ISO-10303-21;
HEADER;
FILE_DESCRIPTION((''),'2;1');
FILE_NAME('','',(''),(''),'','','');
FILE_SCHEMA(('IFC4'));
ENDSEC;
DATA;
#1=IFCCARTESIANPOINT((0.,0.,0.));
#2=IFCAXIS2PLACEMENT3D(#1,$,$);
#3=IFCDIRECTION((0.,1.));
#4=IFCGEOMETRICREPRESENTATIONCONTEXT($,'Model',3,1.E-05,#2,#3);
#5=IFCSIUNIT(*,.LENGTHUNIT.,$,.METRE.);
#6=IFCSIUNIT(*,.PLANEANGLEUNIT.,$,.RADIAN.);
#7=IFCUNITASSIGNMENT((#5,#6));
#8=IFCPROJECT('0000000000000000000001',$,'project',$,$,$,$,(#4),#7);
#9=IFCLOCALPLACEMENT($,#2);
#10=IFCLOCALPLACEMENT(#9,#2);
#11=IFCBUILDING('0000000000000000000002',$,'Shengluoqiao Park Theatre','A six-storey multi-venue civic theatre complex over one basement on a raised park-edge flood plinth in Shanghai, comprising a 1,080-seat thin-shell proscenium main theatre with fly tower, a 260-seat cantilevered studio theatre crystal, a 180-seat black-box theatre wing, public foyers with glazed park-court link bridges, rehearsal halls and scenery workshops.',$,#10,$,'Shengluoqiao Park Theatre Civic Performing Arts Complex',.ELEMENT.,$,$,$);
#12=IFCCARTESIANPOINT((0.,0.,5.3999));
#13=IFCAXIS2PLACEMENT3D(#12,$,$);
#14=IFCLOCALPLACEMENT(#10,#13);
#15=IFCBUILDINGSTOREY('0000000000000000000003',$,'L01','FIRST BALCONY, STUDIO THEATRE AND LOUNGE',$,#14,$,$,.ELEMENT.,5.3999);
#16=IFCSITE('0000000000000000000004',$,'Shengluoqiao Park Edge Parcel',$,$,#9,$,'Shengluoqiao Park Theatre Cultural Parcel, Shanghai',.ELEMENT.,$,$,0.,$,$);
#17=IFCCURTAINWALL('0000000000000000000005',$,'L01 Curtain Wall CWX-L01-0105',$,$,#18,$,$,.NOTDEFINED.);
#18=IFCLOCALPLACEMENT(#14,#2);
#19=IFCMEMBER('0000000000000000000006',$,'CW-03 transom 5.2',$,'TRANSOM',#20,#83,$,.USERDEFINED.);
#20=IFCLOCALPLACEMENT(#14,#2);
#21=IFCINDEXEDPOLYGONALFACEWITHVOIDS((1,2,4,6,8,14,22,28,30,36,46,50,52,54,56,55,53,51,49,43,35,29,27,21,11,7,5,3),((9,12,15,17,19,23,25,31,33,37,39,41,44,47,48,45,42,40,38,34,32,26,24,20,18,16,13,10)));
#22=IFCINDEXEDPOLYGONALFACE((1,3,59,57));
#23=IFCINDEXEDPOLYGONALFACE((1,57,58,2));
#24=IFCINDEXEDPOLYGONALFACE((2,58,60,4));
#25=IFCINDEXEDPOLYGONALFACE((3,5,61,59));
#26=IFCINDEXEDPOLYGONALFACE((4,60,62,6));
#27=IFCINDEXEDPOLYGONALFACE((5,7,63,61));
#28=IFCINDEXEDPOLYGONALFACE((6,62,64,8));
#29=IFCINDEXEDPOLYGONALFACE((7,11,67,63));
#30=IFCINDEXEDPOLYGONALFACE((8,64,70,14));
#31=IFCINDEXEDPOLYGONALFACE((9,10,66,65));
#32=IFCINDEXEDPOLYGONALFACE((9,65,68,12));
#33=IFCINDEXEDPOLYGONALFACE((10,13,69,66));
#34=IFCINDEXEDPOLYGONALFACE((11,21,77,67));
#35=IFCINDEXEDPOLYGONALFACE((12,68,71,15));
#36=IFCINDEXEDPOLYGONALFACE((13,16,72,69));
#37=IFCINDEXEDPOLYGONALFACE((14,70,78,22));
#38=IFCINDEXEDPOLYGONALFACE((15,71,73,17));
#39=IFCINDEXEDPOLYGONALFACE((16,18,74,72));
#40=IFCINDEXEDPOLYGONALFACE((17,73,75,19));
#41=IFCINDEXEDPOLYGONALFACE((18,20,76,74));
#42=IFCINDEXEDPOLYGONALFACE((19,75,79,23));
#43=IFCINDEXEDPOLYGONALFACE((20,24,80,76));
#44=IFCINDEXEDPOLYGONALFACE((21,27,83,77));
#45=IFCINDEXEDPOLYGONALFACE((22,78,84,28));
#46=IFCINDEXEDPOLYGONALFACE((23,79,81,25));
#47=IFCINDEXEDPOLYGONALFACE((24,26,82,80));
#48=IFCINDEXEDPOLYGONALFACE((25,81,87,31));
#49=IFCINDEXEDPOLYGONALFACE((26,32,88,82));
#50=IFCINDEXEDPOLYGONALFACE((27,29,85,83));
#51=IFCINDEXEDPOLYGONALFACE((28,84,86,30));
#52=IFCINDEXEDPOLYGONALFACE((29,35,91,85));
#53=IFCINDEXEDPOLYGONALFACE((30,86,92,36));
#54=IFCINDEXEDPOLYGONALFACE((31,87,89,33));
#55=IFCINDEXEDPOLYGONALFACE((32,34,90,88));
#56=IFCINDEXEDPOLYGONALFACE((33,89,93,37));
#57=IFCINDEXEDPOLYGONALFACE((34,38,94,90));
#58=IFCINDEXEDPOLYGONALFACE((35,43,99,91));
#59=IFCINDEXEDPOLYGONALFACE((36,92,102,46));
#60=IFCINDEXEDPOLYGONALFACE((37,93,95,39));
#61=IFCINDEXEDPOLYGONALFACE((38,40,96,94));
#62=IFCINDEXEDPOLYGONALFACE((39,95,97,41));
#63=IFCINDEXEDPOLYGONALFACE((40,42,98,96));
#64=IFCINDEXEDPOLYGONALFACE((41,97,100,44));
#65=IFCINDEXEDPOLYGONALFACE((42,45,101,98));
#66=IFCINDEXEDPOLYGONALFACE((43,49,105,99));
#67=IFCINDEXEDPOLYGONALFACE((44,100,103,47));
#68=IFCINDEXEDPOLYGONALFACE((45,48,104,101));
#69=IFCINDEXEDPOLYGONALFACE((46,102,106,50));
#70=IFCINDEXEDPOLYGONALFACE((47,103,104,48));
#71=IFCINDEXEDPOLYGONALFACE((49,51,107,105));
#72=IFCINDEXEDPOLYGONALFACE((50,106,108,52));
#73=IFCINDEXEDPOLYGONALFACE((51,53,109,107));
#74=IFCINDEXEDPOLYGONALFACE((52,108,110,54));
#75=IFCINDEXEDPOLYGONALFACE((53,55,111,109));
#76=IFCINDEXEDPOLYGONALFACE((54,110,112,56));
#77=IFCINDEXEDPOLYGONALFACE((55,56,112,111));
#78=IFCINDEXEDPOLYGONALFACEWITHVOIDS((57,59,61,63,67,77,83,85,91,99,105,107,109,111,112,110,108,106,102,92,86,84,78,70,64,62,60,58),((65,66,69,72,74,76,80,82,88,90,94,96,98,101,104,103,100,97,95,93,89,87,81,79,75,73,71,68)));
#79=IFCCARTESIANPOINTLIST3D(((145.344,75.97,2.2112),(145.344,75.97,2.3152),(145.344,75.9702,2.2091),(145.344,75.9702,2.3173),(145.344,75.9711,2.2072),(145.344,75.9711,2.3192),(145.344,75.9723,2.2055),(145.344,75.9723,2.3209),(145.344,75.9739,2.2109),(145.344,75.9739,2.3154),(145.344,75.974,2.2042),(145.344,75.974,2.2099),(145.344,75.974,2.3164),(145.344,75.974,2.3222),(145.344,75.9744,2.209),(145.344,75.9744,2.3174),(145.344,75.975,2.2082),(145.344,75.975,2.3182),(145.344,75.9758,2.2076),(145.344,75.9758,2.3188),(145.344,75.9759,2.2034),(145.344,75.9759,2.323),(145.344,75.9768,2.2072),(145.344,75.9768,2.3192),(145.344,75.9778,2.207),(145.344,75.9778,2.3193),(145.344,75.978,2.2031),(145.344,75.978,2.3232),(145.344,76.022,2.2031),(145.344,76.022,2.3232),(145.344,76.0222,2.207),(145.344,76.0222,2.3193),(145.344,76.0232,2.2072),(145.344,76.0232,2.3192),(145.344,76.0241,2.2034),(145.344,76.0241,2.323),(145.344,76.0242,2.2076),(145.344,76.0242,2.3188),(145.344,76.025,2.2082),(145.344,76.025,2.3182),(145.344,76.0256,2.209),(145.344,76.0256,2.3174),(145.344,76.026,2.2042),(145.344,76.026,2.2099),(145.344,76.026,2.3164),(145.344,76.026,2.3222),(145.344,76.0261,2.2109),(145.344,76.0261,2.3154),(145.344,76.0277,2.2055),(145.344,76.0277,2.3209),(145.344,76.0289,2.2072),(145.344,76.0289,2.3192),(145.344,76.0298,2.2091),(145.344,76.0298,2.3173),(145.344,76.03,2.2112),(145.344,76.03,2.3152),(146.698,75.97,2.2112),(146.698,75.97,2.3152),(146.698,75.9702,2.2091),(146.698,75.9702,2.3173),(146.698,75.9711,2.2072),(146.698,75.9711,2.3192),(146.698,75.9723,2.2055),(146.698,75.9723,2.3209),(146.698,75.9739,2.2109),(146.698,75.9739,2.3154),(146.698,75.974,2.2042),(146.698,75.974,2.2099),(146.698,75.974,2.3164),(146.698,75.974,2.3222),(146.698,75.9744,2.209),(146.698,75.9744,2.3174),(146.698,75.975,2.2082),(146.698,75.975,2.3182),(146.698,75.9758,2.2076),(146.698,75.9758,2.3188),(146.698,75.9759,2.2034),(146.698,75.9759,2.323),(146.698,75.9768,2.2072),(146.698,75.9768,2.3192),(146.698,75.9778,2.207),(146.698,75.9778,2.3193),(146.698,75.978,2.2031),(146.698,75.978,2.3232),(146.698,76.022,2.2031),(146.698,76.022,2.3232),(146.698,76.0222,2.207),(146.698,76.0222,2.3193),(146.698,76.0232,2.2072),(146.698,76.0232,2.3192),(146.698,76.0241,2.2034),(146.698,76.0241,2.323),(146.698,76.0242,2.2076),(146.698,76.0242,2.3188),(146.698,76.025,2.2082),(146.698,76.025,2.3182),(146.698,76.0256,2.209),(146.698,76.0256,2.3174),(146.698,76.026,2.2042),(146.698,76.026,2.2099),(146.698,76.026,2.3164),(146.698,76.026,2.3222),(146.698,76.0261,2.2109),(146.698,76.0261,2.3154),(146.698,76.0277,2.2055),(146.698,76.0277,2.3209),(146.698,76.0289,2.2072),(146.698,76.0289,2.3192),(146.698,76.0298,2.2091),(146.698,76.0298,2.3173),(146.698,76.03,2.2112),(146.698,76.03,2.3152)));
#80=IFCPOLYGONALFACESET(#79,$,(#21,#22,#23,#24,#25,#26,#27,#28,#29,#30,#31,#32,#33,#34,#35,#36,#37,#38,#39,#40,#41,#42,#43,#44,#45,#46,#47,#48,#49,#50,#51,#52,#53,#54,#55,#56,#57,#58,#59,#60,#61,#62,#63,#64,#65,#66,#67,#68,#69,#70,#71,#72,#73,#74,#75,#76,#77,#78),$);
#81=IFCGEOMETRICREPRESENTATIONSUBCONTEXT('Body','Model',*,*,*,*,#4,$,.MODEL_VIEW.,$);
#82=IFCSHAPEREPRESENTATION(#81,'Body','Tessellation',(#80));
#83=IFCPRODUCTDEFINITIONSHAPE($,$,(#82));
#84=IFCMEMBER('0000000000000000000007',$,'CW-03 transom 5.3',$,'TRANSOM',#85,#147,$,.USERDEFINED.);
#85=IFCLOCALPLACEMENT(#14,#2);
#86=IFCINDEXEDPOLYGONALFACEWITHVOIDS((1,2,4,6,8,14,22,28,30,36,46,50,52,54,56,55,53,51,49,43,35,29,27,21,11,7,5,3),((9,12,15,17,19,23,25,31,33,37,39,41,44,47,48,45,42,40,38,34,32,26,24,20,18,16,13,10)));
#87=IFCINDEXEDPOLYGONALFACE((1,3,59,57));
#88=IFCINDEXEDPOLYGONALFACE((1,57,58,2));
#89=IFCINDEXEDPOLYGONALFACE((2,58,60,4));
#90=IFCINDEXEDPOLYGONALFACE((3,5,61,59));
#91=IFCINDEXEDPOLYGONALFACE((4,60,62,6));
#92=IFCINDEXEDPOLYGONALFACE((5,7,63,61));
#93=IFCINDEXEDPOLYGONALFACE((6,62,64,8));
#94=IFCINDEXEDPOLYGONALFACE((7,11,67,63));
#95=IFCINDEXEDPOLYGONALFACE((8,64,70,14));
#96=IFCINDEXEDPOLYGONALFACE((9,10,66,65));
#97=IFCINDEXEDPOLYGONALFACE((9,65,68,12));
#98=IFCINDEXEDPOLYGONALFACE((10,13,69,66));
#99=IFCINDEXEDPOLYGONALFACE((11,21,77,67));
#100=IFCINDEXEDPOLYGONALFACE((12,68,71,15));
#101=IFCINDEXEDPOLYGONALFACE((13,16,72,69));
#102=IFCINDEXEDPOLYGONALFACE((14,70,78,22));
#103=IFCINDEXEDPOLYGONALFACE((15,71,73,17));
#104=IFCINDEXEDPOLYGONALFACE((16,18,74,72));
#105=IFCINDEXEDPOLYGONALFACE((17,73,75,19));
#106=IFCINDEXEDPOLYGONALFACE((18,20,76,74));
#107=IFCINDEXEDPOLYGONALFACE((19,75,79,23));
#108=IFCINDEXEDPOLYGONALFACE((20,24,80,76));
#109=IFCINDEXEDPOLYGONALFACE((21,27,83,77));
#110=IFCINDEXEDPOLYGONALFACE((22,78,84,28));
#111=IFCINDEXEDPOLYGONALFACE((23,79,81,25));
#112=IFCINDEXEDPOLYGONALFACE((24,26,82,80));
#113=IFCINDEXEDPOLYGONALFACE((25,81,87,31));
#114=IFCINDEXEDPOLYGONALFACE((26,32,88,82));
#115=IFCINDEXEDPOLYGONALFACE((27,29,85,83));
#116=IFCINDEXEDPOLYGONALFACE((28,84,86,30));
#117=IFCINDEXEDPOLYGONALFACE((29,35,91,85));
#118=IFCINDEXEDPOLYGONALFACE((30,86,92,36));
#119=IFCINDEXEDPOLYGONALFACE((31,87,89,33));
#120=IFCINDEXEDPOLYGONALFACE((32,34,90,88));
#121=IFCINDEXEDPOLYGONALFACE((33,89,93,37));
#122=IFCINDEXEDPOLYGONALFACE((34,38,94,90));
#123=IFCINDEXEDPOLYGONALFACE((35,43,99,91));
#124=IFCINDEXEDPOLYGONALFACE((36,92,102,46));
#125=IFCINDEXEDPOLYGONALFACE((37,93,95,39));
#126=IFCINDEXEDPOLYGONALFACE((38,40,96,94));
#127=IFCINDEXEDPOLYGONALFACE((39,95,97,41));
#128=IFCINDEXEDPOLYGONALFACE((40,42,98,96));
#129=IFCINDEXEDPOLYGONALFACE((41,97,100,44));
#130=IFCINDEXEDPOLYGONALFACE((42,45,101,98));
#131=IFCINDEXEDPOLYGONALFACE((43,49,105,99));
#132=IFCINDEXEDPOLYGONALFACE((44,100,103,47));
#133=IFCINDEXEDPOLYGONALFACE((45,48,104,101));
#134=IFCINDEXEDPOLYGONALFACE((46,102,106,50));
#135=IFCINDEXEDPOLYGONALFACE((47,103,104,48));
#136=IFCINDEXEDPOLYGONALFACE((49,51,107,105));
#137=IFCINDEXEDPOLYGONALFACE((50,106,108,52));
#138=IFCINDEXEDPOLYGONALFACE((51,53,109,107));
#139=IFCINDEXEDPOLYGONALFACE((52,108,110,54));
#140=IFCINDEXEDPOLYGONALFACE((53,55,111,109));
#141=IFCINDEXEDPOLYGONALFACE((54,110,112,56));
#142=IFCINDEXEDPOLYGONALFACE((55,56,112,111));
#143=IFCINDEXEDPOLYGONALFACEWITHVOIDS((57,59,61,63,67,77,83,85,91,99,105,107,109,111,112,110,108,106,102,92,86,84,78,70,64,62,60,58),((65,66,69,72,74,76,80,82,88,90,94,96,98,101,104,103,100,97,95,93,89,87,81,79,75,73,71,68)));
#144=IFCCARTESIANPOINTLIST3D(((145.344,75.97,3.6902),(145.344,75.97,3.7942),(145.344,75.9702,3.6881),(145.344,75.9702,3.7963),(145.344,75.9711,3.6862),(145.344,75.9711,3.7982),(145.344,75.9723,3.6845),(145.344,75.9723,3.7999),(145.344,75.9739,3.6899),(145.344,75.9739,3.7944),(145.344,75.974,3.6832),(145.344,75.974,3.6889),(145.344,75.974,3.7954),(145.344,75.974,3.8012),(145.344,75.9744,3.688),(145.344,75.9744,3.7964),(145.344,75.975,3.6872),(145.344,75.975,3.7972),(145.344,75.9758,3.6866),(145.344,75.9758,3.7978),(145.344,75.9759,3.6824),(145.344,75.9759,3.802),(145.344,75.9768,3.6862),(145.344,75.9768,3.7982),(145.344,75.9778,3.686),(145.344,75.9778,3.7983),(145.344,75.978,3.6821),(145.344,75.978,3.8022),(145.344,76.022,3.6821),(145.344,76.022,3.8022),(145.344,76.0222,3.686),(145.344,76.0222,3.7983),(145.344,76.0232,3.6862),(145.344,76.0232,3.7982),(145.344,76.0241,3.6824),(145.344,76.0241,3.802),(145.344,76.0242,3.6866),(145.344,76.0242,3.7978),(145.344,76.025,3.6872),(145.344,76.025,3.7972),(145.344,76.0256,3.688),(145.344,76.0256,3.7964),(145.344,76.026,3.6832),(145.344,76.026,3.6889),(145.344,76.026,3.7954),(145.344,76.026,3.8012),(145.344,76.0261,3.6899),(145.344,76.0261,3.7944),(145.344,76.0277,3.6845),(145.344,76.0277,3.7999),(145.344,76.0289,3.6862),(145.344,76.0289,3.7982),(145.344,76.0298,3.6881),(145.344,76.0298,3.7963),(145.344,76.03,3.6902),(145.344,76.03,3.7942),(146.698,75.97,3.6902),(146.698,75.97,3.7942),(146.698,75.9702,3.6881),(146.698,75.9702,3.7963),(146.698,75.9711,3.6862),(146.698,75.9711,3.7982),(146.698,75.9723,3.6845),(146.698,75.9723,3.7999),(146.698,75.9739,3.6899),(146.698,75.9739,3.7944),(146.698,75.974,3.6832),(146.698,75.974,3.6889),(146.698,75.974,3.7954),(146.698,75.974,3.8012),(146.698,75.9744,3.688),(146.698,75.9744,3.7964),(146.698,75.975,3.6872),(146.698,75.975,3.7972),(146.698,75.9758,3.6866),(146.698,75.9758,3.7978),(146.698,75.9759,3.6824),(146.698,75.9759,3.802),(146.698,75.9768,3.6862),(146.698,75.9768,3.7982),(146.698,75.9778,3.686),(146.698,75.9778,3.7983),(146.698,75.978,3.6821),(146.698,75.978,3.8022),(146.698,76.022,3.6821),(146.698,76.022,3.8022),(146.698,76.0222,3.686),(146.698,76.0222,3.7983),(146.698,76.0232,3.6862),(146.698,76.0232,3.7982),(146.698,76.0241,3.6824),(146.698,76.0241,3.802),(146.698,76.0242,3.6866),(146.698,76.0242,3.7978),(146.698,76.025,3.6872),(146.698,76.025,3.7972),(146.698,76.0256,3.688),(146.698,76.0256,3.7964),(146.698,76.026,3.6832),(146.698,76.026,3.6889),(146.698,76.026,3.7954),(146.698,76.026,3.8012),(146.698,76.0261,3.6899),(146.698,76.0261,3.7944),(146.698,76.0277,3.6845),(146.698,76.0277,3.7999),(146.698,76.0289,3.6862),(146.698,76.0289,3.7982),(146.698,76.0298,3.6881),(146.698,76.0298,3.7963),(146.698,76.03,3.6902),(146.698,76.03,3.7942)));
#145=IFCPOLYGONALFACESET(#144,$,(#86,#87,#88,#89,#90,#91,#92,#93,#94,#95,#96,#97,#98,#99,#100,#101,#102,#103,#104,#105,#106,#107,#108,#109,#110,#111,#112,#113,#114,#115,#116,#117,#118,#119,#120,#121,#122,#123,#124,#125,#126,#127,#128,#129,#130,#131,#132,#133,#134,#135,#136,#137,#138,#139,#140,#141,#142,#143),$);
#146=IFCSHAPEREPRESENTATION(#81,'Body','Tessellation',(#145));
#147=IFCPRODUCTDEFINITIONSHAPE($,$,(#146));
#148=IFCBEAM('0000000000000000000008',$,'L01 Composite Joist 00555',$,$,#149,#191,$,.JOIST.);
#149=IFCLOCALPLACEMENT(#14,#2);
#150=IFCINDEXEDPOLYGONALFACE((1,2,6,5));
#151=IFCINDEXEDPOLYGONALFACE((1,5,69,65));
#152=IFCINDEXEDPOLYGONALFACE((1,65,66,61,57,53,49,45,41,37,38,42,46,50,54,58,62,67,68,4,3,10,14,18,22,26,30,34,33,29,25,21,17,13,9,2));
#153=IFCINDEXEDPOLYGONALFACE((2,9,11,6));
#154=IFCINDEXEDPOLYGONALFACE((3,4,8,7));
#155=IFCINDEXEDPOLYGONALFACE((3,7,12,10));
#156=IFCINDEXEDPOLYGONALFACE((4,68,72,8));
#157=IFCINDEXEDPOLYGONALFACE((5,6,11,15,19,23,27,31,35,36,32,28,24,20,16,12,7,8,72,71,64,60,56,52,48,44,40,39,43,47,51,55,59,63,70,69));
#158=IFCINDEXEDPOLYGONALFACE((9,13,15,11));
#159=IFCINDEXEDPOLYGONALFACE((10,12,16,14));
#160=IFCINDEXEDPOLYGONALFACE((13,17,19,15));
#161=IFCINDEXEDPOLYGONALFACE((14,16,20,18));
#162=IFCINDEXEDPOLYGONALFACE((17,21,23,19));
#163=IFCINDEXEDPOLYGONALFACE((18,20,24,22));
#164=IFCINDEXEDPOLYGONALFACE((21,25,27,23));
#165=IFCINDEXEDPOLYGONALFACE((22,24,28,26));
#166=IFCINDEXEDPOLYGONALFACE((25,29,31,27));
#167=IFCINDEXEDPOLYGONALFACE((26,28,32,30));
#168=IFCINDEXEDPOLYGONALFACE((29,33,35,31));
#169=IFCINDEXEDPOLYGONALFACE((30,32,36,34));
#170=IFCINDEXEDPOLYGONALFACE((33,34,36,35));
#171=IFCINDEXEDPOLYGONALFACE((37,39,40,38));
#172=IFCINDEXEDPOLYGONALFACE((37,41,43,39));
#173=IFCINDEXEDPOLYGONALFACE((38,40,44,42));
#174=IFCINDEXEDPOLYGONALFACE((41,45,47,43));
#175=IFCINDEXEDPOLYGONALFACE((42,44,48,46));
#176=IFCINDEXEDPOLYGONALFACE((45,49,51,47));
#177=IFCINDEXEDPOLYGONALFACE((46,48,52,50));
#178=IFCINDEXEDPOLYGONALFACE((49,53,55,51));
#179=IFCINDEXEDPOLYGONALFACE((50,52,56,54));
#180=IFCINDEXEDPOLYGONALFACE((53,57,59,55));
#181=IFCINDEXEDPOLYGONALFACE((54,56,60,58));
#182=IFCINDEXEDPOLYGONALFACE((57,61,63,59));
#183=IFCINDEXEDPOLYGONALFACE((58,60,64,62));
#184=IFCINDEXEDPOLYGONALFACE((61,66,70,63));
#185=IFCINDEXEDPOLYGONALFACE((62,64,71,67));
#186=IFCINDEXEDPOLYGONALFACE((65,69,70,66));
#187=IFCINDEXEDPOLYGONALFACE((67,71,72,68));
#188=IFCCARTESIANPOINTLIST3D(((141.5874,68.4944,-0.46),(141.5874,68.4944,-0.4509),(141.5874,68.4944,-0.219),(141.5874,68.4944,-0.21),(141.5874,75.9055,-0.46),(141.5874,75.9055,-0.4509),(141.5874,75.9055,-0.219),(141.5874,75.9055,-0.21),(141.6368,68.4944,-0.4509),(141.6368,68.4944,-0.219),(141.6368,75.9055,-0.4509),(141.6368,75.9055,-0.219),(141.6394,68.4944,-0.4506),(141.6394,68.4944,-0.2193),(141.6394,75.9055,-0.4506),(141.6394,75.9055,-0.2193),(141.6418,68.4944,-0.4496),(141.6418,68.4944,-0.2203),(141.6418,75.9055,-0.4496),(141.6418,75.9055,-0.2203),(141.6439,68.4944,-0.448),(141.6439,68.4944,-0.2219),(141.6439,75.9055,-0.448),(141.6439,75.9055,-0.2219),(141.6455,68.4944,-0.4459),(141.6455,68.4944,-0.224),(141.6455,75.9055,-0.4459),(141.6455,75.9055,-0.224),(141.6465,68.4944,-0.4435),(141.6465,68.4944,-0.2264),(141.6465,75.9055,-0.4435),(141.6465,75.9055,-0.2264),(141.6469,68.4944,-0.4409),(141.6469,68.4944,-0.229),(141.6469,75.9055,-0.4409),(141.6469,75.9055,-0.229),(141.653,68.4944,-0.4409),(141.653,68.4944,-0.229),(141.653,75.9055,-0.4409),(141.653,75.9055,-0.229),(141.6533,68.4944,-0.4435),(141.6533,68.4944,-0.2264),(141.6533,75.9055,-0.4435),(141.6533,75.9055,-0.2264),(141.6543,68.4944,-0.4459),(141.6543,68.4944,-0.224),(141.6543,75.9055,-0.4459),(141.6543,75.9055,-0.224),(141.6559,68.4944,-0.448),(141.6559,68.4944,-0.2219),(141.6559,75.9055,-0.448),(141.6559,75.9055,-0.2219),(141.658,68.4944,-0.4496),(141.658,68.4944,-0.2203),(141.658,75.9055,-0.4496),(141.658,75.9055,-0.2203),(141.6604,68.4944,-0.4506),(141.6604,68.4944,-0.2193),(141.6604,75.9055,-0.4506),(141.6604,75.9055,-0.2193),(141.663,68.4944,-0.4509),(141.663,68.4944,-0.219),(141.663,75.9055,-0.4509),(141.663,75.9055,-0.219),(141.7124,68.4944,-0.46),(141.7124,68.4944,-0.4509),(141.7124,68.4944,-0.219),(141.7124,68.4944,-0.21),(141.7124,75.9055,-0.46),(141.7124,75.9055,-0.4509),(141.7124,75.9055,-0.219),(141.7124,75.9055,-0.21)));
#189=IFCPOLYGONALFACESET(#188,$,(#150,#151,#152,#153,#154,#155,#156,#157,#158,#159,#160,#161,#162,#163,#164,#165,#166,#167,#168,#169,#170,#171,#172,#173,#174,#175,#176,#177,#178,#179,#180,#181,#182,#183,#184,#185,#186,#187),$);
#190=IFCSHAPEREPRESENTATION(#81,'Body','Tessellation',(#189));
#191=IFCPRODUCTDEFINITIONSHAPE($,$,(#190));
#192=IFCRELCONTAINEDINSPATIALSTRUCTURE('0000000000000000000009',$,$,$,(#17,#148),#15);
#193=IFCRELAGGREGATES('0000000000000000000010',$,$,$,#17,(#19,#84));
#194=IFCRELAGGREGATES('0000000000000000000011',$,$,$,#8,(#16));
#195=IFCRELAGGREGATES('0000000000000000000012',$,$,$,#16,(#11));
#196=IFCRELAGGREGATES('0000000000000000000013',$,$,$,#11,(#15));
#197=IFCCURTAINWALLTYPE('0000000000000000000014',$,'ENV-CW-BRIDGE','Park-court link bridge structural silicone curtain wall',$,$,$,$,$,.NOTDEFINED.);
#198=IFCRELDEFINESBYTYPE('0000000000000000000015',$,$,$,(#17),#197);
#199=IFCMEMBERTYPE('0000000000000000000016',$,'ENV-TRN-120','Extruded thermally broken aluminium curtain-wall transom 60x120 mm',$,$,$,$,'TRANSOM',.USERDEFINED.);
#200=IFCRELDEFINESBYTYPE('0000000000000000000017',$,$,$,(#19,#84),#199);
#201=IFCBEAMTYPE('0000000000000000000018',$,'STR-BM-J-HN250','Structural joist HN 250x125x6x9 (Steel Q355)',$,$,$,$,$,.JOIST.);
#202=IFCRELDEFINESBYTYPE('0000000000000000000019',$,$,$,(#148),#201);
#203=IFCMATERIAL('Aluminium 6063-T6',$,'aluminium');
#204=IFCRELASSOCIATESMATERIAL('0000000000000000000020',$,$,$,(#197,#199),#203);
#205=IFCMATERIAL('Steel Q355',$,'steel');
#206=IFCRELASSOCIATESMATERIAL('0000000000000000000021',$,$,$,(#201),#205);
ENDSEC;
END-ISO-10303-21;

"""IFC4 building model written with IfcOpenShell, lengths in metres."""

from ifc_helpers import new_model, si_unit, direction, frame, origin, origin_2d, place, context, subcontext, project, spatial, hollow_rectangle, i_section, extrude, material, material_profile, profile_set, type_object, element, aggregate, save


model = new_model("IFC4")

# Units and contexts
model_context = context("Model", 3, precision=1e-05, world=origin(), true_north=direction((0.0, 1.0)))
body_context = subcontext(model_context, "Body", "Model", "MODEL_VIEW")
ifc_project = project(units=[si_unit("LENGTHUNIT", "METRE"), si_unit("PLANEANGLEUNIT", "RADIAN")], contexts=[model_context])

# Site, building, storey
site_placement = place(None, origin())
site = spatial("IfcSite", under=ifc_project, at=site_placement, Name="Shengluoqiao Park Edge Parcel", LongName="Shengluoqiao Park Theatre Cultural Parcel, Shanghai", CompositionType="ELEMENT", RefElevation=0.0)
building_placement = place(site_placement, origin())
building = spatial("IfcBuilding", under=site, at=building_placement, Name="Shengluoqiao Park Theatre", Description="A six-storey multi-venue civic theatre complex over one basement on a raised park-edge flood plinth in Shanghai, comprising a 1,080-seat thin-shell proscenium main theatre with fly tower, a 260-seat cantilevered studio theatre crystal, a 180-seat black-box theatre wing, public foyers with glazed park-court link bridges, rehearsal halls and scenery workshops.", LongName="Shengluoqiao Park Theatre Civic Performing Arts Complex", CompositionType="ELEMENT")
storey_placement = place(building_placement, frame((0.0, 0.0, 5.3999)))
storey = spatial("IfcBuildingStorey", under=building, at=storey_placement, Name="L01", Description="FIRST BALCONY, STUDIO THEATRE AND LOUNGE", CompositionType="ELEMENT", Elevation=5.3999)

# Curtain wall, members
ifc_material_1 = material(Name="Aluminium 6063-T6", Category="aluminium")
curtain_wall_type = type_object("IfcCurtainWallType", Name="ENV-CW-BRIDGE", Description="Park-court link bridge structural silicone curtain wall", PredefinedType="NOTDEFINED", material=ifc_material_1)
curtain_wall_placement = place(storey_placement, origin())
curtain_wall = element("IfcCurtainWall", 1, at=curtain_wall_placement, inside=storey, type_object=curtain_wall_type, Name="L01 Curtain Wall CWX-L01-0105", PredefinedType="NOTDEFINED")
ifc_material_profile_1 = material_profile(ifc_material_1, hollow_rectangle(XDim=0.0601, YDim=0.1201, WallThickness=0.0039, InnerFilletRadius=0.0039, OuterFilletRadius=0.0081, at=origin_2d()), Name="ALU TRANSOM 120x60x4")
ifc_profile_set_1 = profile_set([ifc_material_profile_1], Name="Aluminium 6063-T6")
member_type_1 = type_object("IfcMemberType", Name="ENV-TRN-120", Description="Extruded thermally broken aluminium curtain-wall transom 60x120 mm", ElementType="TRANSOM", PredefinedType="USERDEFINED", material=ifc_profile_set_1)
member_1_placement = place(storey_placement, frame((145.344, 76.0, 2.2632), z_axis=(1.0, 0.0, 0.0), x_axis=(0.0, 1.0, 0.0)))
member_1 = element("IfcMember", 2, at=member_1_placement, type_object=member_type_1, Name="CW-03 transom 5.2", ObjectType="TRANSOM", PredefinedType="USERDEFINED", context=body_context, shape_type="SweptSolid", body=[
    extrude(hollow_rectangle(XDim=0.0601, YDim=0.1201, WallThickness=0.0039, InnerFilletRadius=0.0039, OuterFilletRadius=0.0081, at=origin_2d()), origin(), (0.0, 0.0, 1.0), 1.354),
])
member_2_placement = place(storey_placement, frame((145.344, 76.0, 3.7422), z_axis=(1.0, 0.0, 0.0), x_axis=(0.0, 1.0, 0.0)))
member_2 = element("IfcMember", 3, at=member_2_placement, type_object=member_type_1, Name="CW-03 transom 5.3", ObjectType="TRANSOM", PredefinedType="USERDEFINED", context=body_context, shape_type="SweptSolid", body=[
    extrude(hollow_rectangle(XDim=0.0601, YDim=0.1201, WallThickness=0.0039, InnerFilletRadius=0.0039, OuterFilletRadius=0.0081, at=origin_2d()), origin(), (0.0, 0.0, 1.0), 1.354),
])

# Beam
ifc_material_2 = material(Name="Steel Q355", Category="steel")
ifc_material_profile_2 = material_profile(ifc_material_2, i_section(OverallWidth=0.125, OverallDepth=0.25, WebThickness=0.0061, FlangeThickness=0.009, FilletRadius=0.01, at=origin_2d()), Name="HN 250x125x6x9")
ifc_profile_set_2 = profile_set([ifc_material_profile_2], Name="Steel Q355")
beam_type = type_object("IfcBeamType", Name="STR-BM-J-HN250", Description="Structural joist HN 250x125x6x9 (Steel Q355)", PredefinedType="JOIST", material=ifc_profile_set_2)
for number, where, z_axis, x_axis, name in (
    (4, (141.6499, 68.4944, -0.335), (0.0, 1.0, 0.0), (-1.0, 0.0, 0.0), "L01 Composite Joist 00555"),
):
    element("IfcBeam", number, at=place(storey_placement, frame(where, z_axis=z_axis, x_axis=x_axis)), inside=storey, type_object=beam_type, Name=name, PredefinedType="JOIST", context=body_context, shape_type="SweptSolid", body=[
        extrude(i_section(OverallWidth=0.125, OverallDepth=0.25, WebThickness=0.0061, FlangeThickness=0.009, FilletRadius=0.01, at=origin_2d()), origin(), (0.0, 0.0, 1.0), 7.4111),
    ])

aggregate(curtain_wall, [member_1, member_2])

save(model, "model.ifc")
